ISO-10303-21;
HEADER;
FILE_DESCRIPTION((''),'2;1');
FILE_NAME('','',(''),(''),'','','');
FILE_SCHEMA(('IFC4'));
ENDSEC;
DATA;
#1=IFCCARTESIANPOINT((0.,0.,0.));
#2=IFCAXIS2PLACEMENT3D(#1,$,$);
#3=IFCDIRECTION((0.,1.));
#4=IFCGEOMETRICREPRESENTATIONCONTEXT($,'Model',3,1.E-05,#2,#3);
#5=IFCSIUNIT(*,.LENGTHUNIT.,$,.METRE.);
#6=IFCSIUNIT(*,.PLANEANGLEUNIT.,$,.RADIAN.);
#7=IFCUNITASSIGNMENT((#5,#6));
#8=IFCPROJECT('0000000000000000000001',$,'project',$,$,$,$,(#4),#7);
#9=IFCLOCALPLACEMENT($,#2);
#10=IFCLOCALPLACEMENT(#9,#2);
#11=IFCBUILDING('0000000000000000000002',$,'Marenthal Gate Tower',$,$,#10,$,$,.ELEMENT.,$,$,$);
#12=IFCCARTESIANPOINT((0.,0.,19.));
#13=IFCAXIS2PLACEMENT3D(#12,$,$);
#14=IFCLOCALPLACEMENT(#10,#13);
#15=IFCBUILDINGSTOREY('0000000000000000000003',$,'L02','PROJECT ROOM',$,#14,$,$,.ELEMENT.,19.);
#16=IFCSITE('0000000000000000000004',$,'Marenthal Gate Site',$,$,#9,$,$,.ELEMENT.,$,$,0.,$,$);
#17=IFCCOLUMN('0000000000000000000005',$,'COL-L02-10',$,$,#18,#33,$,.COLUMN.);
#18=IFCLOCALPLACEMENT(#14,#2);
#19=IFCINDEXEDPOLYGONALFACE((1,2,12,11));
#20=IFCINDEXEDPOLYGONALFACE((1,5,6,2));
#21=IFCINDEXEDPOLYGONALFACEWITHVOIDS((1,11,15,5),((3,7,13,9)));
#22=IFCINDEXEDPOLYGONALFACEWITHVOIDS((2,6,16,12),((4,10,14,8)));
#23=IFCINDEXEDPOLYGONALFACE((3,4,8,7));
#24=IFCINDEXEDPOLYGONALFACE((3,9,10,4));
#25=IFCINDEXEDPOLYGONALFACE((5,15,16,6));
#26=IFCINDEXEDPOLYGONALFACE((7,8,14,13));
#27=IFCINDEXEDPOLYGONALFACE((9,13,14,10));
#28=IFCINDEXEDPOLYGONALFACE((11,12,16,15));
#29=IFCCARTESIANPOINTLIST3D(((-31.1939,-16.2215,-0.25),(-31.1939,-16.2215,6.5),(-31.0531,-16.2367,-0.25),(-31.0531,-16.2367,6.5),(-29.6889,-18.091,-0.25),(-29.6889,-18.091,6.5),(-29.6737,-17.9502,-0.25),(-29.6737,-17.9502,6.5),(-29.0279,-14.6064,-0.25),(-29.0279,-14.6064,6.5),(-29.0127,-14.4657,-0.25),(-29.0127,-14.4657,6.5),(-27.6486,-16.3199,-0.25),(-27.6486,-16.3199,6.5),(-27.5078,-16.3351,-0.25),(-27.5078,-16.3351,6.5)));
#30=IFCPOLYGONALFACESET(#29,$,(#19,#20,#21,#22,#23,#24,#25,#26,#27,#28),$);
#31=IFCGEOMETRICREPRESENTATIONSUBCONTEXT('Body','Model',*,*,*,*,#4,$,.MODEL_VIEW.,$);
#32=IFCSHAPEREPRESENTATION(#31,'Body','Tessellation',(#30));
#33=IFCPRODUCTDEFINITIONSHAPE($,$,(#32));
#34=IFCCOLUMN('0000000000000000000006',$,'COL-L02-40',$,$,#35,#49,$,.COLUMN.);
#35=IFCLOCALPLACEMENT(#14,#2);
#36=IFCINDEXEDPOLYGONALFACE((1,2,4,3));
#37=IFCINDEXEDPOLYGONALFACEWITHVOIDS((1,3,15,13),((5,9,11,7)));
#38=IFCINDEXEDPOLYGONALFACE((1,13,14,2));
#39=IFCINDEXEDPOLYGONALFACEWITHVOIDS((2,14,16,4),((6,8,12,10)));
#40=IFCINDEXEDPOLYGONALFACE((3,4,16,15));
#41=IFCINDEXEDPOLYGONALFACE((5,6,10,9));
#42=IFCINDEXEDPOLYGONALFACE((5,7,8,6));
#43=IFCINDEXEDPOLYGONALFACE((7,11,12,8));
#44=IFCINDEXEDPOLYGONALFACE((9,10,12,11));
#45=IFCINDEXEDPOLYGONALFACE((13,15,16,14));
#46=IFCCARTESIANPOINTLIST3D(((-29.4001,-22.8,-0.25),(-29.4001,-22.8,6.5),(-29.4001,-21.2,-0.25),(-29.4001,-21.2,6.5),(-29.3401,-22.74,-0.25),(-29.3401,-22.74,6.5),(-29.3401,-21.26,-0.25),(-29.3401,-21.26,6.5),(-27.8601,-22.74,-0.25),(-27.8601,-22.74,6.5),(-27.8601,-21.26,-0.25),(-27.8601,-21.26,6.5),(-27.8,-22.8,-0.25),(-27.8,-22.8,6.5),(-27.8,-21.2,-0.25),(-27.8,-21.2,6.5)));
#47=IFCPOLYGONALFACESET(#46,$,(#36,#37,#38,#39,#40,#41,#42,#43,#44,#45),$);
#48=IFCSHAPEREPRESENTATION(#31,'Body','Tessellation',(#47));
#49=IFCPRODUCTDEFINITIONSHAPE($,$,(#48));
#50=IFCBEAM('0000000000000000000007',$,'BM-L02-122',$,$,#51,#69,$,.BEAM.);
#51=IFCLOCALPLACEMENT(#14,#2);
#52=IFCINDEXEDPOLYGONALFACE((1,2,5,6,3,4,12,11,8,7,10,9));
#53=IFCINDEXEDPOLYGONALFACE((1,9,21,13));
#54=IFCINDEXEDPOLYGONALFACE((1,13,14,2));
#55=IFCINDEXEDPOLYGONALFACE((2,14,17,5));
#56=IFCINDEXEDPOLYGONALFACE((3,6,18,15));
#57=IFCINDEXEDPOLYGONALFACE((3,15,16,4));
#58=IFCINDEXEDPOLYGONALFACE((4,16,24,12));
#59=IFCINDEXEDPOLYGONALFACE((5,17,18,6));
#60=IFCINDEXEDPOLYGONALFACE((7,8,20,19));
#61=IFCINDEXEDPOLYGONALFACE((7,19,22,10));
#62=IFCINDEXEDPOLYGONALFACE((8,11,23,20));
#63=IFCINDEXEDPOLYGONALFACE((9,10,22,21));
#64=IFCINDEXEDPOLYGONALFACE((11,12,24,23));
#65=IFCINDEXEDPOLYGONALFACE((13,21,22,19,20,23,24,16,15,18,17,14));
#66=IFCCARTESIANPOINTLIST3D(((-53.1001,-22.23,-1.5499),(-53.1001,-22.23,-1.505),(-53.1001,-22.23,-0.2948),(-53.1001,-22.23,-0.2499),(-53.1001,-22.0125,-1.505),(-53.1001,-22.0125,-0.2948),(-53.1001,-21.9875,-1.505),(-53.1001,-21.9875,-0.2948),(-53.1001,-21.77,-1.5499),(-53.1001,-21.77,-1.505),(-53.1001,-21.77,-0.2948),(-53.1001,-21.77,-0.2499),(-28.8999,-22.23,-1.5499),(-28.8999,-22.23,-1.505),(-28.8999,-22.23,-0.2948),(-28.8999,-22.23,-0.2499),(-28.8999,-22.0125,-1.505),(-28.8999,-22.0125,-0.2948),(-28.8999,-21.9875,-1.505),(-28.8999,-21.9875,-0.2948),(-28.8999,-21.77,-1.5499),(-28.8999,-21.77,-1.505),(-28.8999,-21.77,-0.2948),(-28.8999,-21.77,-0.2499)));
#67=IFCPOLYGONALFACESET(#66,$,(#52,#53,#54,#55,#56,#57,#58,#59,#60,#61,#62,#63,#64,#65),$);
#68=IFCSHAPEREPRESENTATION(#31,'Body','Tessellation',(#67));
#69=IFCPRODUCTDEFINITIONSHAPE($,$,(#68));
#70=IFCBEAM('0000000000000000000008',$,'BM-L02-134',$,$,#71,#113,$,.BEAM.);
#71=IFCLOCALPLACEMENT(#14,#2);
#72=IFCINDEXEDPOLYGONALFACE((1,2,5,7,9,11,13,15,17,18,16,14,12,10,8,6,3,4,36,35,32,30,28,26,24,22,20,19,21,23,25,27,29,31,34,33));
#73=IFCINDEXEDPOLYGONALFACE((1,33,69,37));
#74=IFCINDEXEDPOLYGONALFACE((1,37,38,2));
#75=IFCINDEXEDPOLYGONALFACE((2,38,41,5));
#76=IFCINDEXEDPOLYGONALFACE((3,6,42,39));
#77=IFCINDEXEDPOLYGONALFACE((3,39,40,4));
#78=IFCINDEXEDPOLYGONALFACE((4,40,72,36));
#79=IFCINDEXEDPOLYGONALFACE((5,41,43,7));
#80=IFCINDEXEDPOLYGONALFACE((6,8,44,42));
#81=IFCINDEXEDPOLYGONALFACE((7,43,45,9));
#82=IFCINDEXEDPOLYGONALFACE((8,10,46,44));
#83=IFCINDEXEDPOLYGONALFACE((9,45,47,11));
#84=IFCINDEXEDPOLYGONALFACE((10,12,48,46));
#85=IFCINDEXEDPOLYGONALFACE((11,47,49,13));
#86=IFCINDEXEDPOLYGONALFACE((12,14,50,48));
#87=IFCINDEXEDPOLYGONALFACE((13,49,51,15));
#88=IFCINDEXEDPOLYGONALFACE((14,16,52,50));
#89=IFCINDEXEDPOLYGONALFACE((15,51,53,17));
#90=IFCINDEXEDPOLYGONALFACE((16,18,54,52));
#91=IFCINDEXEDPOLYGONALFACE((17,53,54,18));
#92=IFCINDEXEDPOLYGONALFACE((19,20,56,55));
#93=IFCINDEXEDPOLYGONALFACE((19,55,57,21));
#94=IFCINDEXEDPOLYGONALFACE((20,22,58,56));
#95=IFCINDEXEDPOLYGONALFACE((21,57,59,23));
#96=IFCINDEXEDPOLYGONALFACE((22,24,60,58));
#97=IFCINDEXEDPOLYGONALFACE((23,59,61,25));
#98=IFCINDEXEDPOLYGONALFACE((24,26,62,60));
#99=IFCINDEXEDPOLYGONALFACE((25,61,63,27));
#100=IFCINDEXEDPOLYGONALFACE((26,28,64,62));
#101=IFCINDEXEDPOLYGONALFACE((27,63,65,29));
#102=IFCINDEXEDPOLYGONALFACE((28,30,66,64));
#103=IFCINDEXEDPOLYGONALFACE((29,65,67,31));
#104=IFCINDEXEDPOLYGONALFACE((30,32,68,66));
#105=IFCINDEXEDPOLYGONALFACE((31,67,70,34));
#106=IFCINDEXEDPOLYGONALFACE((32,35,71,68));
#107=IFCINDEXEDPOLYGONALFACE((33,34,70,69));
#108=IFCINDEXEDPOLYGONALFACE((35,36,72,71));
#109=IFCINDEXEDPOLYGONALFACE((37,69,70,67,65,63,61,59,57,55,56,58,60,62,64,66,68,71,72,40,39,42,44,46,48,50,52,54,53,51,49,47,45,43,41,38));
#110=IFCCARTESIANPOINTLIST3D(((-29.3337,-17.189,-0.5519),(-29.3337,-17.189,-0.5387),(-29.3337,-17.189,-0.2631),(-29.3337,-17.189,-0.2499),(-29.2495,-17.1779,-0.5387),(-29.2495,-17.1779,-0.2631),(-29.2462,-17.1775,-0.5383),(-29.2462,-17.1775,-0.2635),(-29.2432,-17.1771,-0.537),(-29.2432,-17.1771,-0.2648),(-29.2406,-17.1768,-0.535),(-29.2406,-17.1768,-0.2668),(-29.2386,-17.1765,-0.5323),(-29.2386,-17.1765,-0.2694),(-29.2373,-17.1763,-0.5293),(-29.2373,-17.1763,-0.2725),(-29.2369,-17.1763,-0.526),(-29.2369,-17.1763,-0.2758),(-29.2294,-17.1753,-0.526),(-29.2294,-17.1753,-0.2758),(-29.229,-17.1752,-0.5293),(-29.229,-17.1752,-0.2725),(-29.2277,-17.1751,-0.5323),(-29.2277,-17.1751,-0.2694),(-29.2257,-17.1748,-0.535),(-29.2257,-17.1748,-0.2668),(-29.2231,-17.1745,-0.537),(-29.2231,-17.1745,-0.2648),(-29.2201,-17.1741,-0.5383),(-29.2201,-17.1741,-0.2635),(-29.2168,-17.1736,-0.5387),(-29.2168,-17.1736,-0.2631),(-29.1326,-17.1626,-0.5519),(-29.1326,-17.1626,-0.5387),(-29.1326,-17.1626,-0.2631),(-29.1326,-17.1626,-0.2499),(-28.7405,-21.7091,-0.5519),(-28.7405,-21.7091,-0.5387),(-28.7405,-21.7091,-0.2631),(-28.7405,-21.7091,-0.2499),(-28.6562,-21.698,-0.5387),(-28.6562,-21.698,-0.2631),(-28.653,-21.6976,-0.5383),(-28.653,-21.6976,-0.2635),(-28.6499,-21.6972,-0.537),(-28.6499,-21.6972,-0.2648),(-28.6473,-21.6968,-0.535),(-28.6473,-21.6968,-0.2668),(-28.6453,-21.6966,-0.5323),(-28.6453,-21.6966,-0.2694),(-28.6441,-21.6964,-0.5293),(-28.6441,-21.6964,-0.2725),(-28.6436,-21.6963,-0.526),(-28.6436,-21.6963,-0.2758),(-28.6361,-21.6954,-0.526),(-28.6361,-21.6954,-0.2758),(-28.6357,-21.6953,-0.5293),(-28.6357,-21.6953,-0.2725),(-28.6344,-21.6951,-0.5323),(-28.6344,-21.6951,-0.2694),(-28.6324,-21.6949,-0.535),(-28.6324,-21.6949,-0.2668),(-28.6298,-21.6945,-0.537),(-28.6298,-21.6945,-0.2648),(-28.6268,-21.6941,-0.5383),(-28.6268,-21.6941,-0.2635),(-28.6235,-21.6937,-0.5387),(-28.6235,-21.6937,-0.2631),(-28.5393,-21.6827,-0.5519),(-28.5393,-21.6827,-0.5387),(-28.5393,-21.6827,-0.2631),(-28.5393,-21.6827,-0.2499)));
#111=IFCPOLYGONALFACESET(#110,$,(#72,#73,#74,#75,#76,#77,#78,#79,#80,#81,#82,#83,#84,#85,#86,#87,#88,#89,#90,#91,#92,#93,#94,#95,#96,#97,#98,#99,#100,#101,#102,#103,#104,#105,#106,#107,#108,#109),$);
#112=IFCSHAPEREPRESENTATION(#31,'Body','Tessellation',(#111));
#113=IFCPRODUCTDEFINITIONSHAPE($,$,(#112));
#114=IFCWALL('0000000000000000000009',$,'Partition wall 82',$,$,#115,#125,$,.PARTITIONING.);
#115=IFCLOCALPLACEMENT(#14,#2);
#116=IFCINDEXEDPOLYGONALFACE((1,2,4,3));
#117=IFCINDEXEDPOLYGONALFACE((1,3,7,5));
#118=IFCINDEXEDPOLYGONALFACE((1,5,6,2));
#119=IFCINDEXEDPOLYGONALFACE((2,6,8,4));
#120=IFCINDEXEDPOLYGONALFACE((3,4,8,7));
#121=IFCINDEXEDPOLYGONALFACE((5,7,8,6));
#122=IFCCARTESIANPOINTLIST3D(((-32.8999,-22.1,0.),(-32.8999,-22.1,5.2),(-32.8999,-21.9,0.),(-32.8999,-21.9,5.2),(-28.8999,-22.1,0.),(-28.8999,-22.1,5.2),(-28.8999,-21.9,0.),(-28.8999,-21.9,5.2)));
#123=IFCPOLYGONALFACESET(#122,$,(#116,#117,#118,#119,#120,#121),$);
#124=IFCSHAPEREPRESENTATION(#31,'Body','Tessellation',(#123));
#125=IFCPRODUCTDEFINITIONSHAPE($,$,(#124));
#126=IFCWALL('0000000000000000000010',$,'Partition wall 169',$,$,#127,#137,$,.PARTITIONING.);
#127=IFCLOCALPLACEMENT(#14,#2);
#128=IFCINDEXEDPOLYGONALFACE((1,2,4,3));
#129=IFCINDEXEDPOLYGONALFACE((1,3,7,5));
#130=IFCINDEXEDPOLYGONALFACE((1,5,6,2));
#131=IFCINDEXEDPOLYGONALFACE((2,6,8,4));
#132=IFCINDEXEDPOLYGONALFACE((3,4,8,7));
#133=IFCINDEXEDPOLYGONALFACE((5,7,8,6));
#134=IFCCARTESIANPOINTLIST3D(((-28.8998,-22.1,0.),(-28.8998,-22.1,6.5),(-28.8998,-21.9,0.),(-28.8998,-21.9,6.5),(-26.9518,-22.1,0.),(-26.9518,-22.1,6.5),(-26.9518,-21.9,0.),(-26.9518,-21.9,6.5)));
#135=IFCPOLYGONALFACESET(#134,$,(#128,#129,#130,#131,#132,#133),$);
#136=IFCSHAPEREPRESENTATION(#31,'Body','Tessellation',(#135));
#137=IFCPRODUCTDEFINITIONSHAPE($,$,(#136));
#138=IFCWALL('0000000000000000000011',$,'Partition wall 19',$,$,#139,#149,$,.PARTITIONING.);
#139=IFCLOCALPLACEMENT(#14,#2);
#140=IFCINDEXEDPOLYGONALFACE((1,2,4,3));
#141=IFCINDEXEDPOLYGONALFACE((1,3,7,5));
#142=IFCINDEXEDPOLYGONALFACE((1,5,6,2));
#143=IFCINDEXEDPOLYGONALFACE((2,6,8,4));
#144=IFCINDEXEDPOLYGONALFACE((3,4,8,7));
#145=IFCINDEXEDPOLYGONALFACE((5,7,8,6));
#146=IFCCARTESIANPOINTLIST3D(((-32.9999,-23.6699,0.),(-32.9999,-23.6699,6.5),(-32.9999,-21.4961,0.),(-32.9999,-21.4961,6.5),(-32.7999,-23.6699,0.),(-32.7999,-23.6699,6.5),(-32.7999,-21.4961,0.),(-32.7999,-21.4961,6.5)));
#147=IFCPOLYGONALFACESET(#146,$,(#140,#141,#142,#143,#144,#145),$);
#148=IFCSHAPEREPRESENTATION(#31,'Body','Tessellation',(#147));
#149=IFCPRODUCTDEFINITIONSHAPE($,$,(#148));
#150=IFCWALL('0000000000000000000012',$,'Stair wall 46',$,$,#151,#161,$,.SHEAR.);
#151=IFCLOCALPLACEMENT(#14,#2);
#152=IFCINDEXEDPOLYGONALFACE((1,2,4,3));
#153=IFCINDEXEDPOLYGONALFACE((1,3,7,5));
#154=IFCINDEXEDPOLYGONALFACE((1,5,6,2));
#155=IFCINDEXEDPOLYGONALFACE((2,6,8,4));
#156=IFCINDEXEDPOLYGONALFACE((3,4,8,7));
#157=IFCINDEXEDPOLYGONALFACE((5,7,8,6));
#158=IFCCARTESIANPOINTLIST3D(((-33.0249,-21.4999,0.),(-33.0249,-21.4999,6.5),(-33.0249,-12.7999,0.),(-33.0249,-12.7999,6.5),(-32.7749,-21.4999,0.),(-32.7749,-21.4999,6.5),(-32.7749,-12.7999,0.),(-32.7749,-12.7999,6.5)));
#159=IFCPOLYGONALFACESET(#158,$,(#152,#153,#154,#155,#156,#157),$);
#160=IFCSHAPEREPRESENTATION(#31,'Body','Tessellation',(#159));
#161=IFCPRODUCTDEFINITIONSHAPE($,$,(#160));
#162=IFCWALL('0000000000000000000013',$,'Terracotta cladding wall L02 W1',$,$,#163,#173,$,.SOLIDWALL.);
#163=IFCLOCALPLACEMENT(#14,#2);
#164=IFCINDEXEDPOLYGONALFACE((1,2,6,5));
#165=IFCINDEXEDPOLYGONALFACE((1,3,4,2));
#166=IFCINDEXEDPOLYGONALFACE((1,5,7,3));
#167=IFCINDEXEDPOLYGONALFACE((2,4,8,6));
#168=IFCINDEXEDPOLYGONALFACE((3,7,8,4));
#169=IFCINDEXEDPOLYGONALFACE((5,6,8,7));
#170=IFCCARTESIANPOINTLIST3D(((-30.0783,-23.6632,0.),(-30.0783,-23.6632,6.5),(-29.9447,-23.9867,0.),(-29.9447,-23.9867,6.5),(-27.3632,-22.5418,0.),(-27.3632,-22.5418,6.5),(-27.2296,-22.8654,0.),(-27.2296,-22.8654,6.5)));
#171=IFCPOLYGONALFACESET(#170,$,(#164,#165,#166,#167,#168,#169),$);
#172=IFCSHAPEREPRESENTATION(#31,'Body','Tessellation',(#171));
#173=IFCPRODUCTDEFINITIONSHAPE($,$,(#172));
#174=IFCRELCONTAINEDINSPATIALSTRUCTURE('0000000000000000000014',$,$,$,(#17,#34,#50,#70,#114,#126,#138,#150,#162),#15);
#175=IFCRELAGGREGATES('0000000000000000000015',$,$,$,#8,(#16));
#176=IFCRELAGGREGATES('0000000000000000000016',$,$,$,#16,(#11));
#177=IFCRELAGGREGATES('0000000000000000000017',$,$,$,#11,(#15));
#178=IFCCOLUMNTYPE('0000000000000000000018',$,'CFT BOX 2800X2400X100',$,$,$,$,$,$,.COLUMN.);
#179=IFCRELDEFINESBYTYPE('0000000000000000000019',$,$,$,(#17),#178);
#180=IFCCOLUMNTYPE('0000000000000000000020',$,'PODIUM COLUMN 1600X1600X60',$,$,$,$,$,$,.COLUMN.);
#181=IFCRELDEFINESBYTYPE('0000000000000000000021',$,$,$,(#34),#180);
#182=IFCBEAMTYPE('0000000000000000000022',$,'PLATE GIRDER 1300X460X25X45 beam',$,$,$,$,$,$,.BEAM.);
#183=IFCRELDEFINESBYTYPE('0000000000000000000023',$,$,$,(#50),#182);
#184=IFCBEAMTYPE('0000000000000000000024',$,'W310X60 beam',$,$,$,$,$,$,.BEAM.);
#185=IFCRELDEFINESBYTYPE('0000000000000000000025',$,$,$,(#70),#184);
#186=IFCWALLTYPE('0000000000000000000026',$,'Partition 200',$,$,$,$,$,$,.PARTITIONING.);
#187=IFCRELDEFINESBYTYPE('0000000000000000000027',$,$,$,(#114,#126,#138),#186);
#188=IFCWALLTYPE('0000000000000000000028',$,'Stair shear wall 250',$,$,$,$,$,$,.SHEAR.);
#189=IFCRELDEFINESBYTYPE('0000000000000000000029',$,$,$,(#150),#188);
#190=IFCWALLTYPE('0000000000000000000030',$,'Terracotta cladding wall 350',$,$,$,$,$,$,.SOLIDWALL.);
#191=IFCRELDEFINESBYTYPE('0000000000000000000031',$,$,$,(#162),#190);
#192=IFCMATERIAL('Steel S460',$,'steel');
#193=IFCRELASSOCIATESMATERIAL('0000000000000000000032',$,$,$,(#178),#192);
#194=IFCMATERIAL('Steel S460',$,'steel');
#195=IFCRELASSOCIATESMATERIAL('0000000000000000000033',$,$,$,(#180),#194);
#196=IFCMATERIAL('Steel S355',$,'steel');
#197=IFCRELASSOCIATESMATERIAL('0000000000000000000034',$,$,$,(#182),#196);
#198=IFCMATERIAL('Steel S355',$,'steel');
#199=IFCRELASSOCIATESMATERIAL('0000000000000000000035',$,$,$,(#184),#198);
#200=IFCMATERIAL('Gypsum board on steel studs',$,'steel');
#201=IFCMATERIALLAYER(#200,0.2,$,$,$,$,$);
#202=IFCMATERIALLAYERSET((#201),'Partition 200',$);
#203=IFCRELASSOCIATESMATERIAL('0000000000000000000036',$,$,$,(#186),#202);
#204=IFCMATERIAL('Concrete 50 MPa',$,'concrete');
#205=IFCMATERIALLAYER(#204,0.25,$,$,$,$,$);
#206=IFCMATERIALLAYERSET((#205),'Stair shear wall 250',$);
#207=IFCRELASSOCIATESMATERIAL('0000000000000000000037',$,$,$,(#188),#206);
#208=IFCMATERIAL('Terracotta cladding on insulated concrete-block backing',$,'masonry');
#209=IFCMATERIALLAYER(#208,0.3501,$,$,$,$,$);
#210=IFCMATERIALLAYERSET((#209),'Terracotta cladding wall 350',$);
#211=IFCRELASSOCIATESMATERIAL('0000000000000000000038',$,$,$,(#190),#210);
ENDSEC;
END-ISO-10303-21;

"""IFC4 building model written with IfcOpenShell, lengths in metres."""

from ifc_helpers import new_model, si_unit, direction, frame, frame_2d, origin, origin_2d, place, context, subcontext, project, spatial, rectangle, hollow_rectangle, i_section, extrude, material, layer, layer_set, material_profile, profile_set, type_object, element, save


model = new_model("IFC4")

# Units and contexts
model_context = context("Model", 3, precision=1e-05, world=origin(), true_north=direction((0.0, 1.0)))
body_context = subcontext(model_context, "Body", "Model", "MODEL_VIEW")
ifc_project = project(units=[si_unit("LENGTHUNIT", "METRE"), si_unit("PLANEANGLEUNIT", "RADIAN")], contexts=[model_context])

# Site, building, storey
site_placement = place(None, origin())
site = spatial("IfcSite", under=ifc_project, at=site_placement, Name="Marenthal Gate Site", CompositionType="ELEMENT", RefElevation=0.0)
building_placement = place(site_placement, origin())
building = spatial("IfcBuilding", under=site, at=building_placement, Name="Marenthal Gate Tower", CompositionType="ELEMENT")
storey_placement = place(building_placement, frame((0.0, 0.0, 19.0)))
storey = spatial("IfcBuildingStorey", under=building, at=storey_placement, Name="L02", Description="PROJECT ROOM", CompositionType="ELEMENT", Elevation=19.0)

# Columns
ifc_material_1 = material(Name="Steel S460", Category="steel")
ifc_material_profile_1 = material_profile(ifc_material_1, hollow_rectangle(XDim=2.3999, YDim=2.8, WallThickness=0.1001, at=origin_2d()), Name="CFT BOX 2800X2400X100")
ifc_material_2 = material(Name="Concrete 70 MPa", Category="concrete")
ifc_material_profile_2 = material_profile(ifc_material_2, rectangle(XDim=2.2, YDim=2.6001, at=origin_2d()), Name="CFT BOX 2800X2400X100 INFILL")
ifc_profile_set_1 = profile_set([ifc_material_profile_1, ifc_material_profile_2], Name="Steel S460 shell, Concrete 70 MPa infill")
column_type_1 = type_object("IfcColumnType", Name="CFT BOX 2800X2400X100", PredefinedType="COLUMN", material=ifc_profile_set_1)
column_1_placement = place(storey_placement, frame((-29.3508, -16.2783, -0.25), z_axis=(0.0, 0.0, 1.0), x_axis=(-0.62707, 0.778963, 0.0)))
element("IfcColumn", 1, at=column_1_placement, inside=storey, type_object=column_type_1, Name="COL-L02-10", PredefinedType="COLUMN", context=body_context, shape_type="SweptSolid", body=[
    extrude(hollow_rectangle(XDim=2.3999, YDim=2.8, WallThickness=0.1001, at=origin_2d()), origin(), (0.0, 0.0, 1.0), 6.75),
])
ifc_material_3 = material(Name="Steel S460", Category="steel")
ifc_material_profile_3 = material_profile(ifc_material_3, hollow_rectangle(XDim=1.6001, YDim=1.6001, WallThickness=0.0601, at=origin_2d()), Name="CFT BOX 1600X1600X60")
ifc_material_4 = material(Name="Concrete 70 MPa", Category="concrete")
ifc_material_profile_4 = material_profile(ifc_material_4, rectangle(XDim=1.48, YDim=1.48, at=origin_2d()), Name="CFT BOX 1600X1600X60 INFILL")
ifc_profile_set_2 = profile_set([ifc_material_profile_3, ifc_material_profile_4], Name="Steel S460 shell, Concrete 70 MPa infill")
column_type_2 = type_object("IfcColumnType", Name="PODIUM COLUMN 1600X1600X60", PredefinedType="COLUMN", material=ifc_profile_set_2)
column_2_placement = place(storey_placement, frame((-28.6001, -22.0, -0.25), z_axis=(0.0, 0.0, 1.0), x_axis=(1.0, 0.0, 0.0)))
element("IfcColumn", 2, at=column_2_placement, inside=storey, type_object=column_type_2, Name="COL-L02-40", PredefinedType="COLUMN", context=body_context, shape_type="SweptSolid", body=[
    extrude(hollow_rectangle(XDim=1.6001, YDim=1.6001, WallThickness=0.0601, at=origin_2d()), origin(), (0.0, 0.0, 1.0), 6.75),
])

# Beams
ifc_material_5 = material(Name="Steel S355", Category="steel")
ifc_material_profile_5 = material_profile(ifc_material_5, i_section(OverallWidth=0.46, OverallDepth=1.3, WebThickness=0.0249, FlangeThickness=0.0449, at=origin_2d()), Name="PLATE GIRDER 1300X460X25X45")
ifc_profile_set_3 = profile_set([ifc_material_profile_5], Name="Steel S355")
beam_type_1 = type_object("IfcBeamType", Name="PLATE GIRDER 1300X460X25X45 beam", PredefinedType="BEAM", material=ifc_profile_set_3)
beam_1_placement = place(storey_placement, frame((-28.8999, -22.0, -0.8999), z_axis=(-1.0, 0.0, 0.0), x_axis=(0.0, -1.0, 0.0)))
element("IfcBeam", 3, at=beam_1_placement, inside=storey, type_object=beam_type_1, Name="BM-L02-122", PredefinedType="BEAM", context=body_context, shape_type="SweptSolid", body=[
    extrude(i_section(OverallWidth=0.46, OverallDepth=1.3, WebThickness=0.0249, FlangeThickness=0.0449, at=origin_2d()), origin(), (0.0, 0.0, 1.0), 24.2002),
])
ifc_material_6 = material(Name="Steel S355", Category="steel")
ifc_material_profile_6 = material_profile(ifc_material_6, i_section(OverallWidth=0.2029, OverallDepth=0.302, WebThickness=0.0076, FlangeThickness=0.0132, FilletRadius=0.0127, at=origin_2d()), Name="W310X60")
ifc_profile_set_4 = profile_set([ifc_material_profile_6], Name="Steel S355")
beam_type_2 = type_object("IfcBeamType", Name="W310X60 beam", PredefinedType="BEAM", material=ifc_profile_set_4)
beam_2_placement = place(storey_placement, frame((-29.2332, -17.1758, -0.4009), z_axis=(0.130136, -0.991496, 0.0), x_axis=(0.991496, 0.130136, 0.0)))
element("IfcBeam", 4, at=beam_2_placement, inside=storey, type_object=beam_type_2, Name="BM-L02-134", PredefinedType="BEAM", context=body_context, shape_type="SweptSolid", body=[
    extrude(i_section(OverallWidth=0.2029, OverallDepth=0.302, WebThickness=0.0076, FlangeThickness=0.0132, FilletRadius=0.0127, at=origin_2d()), origin(), (0.0, 0.0, 1.0), 4.5588),
])

# Walls
ifc_material_7 = material(Name="Gypsum board on steel studs", Category="steel")
ifc_layer_1 = layer(ifc_material_7, 0.2)
ifc_layer_set_1 = layer_set([ifc_layer_1], Name="Partition 200")
wall_type_1 = type_object("IfcWallType", Name="Partition 200", PredefinedType="PARTITIONING", material=ifc_layer_set_1)
wall_1_placement = place(storey_placement, frame((-32.8999, -22.0, 0.0), z_axis=(0.0, 0.0, 1.0), x_axis=(1.0, 0.0, 0.0)))
element("IfcWall", 5, at=wall_1_placement, inside=storey, type_object=wall_type_1, Name="Partition wall 82", PredefinedType="PARTITIONING", context=body_context, shape_type="SweptSolid", body=[
    extrude(rectangle(XDim=4.0, YDim=0.2, at=frame_2d((2.0, 0.0))), origin(), (0.0, 0.0, 1.0), 5.2),
])
wall_2_placement = place(storey_placement, frame((-28.8999, -22.0, 0.0), z_axis=(0.0, 0.0, 1.0), x_axis=(1.0, 0.0, 0.0)))
element("IfcWall", 6, at=wall_2_placement, inside=storey, type_object=wall_type_1, Name="Partition wall 169", PredefinedType="PARTITIONING", context=body_context, shape_type="SweptSolid", body=[
    extrude(rectangle(XDim=1.948, YDim=0.2, at=frame_2d((0.9741, 0.0))), origin(), (0.0, 0.0, 1.0), 6.5),
])
wall_3_placement = place(storey_placement, frame((-32.8999, -23.6699, 0.0), z_axis=(0.0, 0.0, 1.0), x_axis=(0.0, 1.0, 0.0)))
element("IfcWall", 7, at=wall_3_placement, inside=storey, type_object=wall_type_1, Name="Partition wall 19", PredefinedType="PARTITIONING", context=body_context, shape_type="SweptSolid", body=[
    extrude(rectangle(XDim=2.1738, YDim=0.2, at=frame_2d((1.0869, 0.0))), origin(), (0.0, 0.0, 1.0), 6.5),
])
ifc_material_8 = material(Name="Concrete 50 MPa", Category="concrete")
ifc_layer_2 = layer(ifc_material_8, 0.25)
ifc_layer_set_2 = layer_set([ifc_layer_2], Name="Stair shear wall 250")
wall_type_2 = type_object("IfcWallType", Name="Stair shear wall 250", PredefinedType="SHEAR", material=ifc_layer_set_2)
wall_4_placement = place(storey_placement, frame((-32.8999, -21.5, 0.0), z_axis=(0.0, 0.0, 1.0), x_axis=(0.0, 1.0, 0.0)))
element("IfcWall", 8, at=wall_4_placement, inside=storey, type_object=wall_type_2, Name="Stair wall 46", PredefinedType="SHEAR", context=body_context, shape_type="SweptSolid", body=[
    extrude(rectangle(XDim=8.7, YDim=0.25, at=frame_2d((4.3501, 0.0))), origin(), (0.0, 0.0, 1.0), 6.5),
])
ifc_material_9 = material(Name="Terracotta cladding on insulated concrete-block backing", Category="masonry")
ifc_layer_3 = layer(ifc_material_9, 0.3501)
ifc_layer_set_3 = layer_set([ifc_layer_3], Name="Terracotta cladding wall 350")
wall_type_3 = type_object("IfcWallType", Name="Terracotta cladding wall 350", PredefinedType="SOLIDWALL", material=ifc_layer_set_3)
for number, where, z_axis, x_axis, name in (
    (9, (-30.0115, -23.825, 0.0), (0.0, 0.0, 1.0), (0.924275, 0.381728, 0.0), "Terracotta cladding wall L02 W1"),
):
    element("IfcWall", number, at=place(storey_placement, frame(where, z_axis=z_axis, x_axis=x_axis)), inside=storey, type_object=wall_type_3, Name=name, PredefinedType="SOLIDWALL", context=body_context, shape_type="SweptSolid", body=[
        extrude(rectangle(XDim=2.9375, YDim=0.3501, at=frame_2d((1.4688, 0.0))), origin(), (0.0, 0.0, 1.0), 6.5),
    ])

save(model, "model.ifc")
